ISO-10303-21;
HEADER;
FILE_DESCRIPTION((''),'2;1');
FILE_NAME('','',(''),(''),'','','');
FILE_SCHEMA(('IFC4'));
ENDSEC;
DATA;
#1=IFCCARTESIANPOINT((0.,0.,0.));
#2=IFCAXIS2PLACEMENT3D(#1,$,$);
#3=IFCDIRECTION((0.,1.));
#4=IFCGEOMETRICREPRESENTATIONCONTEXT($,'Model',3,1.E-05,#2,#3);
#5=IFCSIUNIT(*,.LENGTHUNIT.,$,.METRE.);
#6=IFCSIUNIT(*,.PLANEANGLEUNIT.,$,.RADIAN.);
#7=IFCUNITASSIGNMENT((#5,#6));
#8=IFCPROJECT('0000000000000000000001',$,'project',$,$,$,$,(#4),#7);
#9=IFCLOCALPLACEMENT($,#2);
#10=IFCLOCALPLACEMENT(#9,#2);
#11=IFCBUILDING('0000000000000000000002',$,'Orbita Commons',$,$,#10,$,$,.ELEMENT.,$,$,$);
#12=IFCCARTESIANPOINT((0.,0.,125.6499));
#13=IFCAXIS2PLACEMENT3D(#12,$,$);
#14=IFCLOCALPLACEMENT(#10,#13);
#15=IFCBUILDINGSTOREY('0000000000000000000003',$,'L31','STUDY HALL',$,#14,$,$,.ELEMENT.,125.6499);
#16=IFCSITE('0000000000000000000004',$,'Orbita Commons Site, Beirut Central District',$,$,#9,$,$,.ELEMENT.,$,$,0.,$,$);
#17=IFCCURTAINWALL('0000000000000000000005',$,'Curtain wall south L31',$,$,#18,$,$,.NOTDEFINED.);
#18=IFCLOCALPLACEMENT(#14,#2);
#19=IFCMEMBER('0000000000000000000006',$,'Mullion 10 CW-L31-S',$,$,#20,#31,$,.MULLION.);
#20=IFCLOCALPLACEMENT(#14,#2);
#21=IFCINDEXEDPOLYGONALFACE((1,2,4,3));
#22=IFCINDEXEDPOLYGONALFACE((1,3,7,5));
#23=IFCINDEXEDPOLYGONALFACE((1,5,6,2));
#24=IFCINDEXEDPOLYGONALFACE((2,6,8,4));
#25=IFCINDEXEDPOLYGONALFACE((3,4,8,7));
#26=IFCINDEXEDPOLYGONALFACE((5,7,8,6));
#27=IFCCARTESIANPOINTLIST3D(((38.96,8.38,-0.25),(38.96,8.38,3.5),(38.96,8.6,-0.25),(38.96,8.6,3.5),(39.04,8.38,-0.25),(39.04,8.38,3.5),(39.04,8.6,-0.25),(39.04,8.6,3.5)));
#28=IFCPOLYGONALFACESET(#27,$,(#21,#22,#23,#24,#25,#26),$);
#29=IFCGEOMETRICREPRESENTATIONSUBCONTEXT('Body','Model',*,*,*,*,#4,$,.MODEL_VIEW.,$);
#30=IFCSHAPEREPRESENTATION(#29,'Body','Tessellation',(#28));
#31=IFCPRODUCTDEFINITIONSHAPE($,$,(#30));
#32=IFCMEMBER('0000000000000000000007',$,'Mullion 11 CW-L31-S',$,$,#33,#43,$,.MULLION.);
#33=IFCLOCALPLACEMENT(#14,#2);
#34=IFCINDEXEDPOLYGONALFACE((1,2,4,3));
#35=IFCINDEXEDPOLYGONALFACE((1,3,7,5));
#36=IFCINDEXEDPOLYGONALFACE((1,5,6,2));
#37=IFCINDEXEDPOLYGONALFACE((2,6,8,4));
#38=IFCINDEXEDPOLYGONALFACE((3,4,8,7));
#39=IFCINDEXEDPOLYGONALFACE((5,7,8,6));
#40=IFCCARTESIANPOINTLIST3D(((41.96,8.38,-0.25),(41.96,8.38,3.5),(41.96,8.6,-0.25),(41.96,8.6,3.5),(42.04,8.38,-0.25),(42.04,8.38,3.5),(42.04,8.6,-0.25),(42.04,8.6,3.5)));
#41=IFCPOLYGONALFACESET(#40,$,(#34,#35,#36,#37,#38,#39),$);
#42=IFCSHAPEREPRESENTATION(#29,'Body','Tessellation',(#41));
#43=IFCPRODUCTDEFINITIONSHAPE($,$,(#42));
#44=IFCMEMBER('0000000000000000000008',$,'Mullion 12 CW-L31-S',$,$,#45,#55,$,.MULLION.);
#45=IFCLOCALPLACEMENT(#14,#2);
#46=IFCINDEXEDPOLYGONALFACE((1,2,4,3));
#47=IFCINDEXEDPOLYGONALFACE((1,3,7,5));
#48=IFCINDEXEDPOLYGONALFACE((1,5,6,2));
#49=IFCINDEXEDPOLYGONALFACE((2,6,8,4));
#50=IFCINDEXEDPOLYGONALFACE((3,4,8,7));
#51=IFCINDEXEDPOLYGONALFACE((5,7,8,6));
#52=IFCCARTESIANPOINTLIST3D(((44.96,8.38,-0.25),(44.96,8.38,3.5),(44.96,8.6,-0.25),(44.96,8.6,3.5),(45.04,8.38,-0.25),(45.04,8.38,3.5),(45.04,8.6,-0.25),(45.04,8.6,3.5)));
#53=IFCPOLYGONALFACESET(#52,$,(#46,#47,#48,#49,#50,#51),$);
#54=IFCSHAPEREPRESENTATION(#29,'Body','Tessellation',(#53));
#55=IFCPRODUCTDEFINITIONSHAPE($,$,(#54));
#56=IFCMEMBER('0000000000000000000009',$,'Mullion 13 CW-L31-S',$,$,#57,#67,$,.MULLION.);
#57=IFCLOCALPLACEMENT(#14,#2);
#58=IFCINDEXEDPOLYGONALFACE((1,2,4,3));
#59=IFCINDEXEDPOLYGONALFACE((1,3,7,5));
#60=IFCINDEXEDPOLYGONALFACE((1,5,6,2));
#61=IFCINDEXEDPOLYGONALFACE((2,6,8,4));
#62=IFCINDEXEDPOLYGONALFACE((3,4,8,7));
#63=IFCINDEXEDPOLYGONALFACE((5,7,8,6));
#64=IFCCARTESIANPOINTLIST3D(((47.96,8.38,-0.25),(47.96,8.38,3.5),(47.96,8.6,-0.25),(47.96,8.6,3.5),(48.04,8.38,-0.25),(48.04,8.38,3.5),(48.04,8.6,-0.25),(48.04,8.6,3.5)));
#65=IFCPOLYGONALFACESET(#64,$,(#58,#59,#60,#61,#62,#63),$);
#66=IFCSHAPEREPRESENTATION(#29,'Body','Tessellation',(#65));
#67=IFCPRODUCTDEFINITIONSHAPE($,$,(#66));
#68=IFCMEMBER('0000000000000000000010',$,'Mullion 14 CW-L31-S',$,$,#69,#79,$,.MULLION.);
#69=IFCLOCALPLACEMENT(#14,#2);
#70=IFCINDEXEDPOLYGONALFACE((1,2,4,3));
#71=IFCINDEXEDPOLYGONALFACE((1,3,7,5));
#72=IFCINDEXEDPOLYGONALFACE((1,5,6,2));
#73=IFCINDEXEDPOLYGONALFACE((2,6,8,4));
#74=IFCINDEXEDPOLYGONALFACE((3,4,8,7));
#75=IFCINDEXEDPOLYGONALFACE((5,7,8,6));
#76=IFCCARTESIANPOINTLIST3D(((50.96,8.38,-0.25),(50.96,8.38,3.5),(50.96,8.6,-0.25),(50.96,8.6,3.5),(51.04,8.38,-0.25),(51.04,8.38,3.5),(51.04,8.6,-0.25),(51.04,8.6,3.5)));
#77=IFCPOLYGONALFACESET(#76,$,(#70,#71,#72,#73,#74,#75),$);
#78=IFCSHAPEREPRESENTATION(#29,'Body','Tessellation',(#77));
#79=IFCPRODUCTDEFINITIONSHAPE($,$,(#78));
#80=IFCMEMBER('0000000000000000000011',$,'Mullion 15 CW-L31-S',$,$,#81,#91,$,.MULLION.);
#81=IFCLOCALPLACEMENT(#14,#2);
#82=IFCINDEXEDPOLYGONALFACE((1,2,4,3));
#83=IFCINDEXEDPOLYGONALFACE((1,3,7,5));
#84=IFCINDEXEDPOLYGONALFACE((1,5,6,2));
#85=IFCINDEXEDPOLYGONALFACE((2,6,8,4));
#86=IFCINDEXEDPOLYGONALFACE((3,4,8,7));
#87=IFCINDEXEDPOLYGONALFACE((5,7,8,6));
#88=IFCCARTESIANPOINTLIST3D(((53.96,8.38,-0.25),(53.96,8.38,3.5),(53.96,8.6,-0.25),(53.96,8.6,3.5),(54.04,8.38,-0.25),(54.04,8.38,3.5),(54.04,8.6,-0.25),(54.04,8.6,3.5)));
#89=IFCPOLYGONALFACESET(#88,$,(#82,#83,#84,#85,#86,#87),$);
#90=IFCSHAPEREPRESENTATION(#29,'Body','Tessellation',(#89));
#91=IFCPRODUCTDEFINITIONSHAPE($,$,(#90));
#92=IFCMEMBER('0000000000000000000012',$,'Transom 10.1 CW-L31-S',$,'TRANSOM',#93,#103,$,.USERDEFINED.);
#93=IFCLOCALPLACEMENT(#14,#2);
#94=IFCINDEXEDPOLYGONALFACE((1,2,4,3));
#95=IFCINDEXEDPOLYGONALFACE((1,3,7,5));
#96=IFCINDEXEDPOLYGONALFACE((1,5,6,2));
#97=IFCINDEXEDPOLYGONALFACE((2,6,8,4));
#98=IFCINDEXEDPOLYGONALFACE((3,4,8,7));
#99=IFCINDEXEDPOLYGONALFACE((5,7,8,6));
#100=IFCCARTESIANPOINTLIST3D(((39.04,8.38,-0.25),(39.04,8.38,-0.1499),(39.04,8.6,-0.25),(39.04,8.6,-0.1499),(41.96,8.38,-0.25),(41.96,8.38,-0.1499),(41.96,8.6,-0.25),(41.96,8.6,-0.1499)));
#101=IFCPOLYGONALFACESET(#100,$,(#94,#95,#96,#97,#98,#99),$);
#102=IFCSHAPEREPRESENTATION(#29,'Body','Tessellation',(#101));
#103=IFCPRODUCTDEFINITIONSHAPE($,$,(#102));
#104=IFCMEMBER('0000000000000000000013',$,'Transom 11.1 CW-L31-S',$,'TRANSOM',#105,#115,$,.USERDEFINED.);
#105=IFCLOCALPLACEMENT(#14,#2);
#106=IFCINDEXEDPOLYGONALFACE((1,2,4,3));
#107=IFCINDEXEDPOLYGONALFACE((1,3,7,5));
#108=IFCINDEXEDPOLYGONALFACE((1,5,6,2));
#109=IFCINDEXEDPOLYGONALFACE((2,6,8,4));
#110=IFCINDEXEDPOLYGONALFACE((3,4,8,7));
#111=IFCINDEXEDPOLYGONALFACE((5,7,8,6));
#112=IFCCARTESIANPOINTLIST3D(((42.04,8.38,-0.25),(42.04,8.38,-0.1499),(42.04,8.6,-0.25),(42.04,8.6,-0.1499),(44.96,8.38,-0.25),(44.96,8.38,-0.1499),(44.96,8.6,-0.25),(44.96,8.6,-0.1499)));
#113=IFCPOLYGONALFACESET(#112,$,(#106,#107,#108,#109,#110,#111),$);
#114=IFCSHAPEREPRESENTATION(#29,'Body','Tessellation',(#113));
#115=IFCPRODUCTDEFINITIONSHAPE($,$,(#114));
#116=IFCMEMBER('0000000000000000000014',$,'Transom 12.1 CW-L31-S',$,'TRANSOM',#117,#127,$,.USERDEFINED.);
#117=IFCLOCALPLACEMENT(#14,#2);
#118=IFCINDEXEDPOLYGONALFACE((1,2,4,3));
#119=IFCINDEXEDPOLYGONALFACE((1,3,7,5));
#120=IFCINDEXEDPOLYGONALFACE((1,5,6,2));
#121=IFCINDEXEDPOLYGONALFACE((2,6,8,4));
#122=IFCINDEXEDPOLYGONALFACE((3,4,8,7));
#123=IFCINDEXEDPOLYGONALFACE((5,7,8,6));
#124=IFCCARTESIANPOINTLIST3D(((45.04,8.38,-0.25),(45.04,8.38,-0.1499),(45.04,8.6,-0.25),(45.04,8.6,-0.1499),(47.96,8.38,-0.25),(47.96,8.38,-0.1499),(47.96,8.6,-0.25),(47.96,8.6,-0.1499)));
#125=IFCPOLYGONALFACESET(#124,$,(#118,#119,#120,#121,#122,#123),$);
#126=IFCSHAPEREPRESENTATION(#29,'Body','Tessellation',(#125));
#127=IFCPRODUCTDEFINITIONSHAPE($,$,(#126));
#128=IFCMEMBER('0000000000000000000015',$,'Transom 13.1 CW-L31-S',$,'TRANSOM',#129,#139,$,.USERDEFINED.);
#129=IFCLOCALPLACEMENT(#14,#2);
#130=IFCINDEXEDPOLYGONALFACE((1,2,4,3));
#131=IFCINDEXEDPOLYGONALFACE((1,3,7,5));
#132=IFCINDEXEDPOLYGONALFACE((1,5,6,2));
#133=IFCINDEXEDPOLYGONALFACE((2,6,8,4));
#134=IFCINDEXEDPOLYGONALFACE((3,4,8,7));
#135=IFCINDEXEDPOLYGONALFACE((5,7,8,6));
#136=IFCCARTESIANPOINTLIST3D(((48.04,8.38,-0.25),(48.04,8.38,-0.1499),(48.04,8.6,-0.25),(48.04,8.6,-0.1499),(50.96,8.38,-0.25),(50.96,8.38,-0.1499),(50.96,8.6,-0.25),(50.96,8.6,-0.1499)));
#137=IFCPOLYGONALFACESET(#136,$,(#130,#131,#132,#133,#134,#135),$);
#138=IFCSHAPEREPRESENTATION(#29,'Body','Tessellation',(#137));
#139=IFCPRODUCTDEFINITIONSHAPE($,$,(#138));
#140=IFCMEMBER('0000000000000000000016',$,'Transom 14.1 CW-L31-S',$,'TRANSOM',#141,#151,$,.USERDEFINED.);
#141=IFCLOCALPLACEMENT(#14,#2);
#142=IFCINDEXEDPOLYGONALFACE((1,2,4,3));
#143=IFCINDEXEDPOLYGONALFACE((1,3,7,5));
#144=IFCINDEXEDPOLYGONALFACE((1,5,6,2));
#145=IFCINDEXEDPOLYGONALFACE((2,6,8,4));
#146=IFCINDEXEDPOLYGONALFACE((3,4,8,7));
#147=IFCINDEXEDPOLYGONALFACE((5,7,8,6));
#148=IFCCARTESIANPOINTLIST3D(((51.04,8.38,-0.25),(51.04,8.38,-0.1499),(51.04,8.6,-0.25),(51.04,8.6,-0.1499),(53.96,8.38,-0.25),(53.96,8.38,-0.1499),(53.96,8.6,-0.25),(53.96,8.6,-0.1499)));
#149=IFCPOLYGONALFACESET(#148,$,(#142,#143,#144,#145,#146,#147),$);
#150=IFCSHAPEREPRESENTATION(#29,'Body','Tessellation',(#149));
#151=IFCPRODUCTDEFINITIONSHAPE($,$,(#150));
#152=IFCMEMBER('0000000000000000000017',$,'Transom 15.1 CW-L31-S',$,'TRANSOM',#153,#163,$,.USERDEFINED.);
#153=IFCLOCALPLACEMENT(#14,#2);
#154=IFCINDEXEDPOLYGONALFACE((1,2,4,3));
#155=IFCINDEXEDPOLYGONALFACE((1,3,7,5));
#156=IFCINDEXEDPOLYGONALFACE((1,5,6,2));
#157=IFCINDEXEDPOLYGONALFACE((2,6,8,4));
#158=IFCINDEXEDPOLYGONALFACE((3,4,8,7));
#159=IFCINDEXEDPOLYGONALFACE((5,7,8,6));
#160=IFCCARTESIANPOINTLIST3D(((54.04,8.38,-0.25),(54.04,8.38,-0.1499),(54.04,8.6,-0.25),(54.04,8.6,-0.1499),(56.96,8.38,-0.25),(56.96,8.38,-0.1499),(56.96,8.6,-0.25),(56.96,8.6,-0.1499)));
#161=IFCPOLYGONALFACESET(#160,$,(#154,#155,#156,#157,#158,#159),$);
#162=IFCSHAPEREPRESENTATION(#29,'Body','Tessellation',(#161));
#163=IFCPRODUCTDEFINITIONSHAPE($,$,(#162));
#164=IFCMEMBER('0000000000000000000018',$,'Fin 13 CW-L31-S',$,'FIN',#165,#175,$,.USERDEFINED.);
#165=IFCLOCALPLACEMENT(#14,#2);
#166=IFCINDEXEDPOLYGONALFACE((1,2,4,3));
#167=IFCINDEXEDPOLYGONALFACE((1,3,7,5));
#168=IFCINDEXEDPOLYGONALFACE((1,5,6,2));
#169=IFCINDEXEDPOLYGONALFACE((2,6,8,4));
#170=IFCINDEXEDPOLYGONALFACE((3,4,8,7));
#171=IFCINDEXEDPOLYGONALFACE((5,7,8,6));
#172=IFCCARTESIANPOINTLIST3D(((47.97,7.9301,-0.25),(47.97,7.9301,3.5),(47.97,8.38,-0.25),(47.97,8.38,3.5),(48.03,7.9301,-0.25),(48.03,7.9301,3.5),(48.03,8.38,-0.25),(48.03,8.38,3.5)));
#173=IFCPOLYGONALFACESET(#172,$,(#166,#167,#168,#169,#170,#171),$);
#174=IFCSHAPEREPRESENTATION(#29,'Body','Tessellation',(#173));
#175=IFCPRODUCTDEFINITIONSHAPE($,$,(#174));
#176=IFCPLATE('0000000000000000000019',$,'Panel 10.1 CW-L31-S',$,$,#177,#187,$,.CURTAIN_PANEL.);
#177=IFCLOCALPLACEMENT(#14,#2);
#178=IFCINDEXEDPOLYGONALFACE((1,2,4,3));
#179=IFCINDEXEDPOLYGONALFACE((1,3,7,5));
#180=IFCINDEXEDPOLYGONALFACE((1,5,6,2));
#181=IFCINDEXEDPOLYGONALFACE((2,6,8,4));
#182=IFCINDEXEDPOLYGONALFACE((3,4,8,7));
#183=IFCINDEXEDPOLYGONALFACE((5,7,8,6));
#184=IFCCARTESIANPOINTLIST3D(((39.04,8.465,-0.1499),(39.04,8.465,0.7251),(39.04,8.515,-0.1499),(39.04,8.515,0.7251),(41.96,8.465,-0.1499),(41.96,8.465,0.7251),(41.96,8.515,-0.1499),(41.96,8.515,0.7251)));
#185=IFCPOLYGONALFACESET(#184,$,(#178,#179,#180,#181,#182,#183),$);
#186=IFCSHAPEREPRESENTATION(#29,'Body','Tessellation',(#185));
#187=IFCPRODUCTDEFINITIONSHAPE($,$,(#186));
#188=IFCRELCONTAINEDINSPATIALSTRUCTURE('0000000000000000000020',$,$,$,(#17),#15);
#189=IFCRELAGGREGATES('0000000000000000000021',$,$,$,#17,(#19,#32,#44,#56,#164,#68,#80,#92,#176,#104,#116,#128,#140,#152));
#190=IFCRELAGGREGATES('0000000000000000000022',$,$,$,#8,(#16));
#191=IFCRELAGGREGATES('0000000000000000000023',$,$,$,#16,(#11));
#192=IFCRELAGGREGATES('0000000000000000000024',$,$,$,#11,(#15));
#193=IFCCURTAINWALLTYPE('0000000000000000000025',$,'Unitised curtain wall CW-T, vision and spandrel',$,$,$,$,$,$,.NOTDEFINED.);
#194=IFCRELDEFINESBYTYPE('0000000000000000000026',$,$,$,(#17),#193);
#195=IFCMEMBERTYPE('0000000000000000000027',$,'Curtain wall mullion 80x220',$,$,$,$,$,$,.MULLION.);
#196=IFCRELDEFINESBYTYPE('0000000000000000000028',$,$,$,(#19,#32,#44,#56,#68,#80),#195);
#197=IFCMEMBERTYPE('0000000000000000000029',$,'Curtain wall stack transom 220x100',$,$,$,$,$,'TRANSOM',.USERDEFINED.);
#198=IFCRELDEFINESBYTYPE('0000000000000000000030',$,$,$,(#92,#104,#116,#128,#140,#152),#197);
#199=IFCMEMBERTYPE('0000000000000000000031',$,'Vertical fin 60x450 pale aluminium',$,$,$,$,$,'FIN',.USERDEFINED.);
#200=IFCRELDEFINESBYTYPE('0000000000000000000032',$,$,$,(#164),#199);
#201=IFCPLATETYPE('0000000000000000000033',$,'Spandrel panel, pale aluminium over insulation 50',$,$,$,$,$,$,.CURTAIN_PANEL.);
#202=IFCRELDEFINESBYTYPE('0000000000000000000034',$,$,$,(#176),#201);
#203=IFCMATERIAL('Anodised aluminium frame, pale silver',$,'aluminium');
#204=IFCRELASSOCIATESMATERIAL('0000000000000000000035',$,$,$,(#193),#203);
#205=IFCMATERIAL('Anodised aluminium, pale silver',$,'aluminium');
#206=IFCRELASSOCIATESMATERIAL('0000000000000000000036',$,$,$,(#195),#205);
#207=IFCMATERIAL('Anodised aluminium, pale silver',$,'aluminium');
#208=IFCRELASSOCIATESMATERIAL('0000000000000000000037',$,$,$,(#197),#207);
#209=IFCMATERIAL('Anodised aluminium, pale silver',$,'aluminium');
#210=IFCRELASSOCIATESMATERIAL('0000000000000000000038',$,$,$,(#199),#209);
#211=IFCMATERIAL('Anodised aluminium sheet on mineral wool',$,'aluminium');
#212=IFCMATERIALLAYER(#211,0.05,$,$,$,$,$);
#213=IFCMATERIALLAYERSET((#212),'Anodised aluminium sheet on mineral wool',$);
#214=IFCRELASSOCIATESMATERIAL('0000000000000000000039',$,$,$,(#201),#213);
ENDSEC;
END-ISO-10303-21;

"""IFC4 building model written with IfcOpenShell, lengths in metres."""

from ifc_helpers import new_model, si_unit, direction, frame, origin, origin_2d, place, context, subcontext, project, spatial, rectangle, extrude, material, layer, layer_set, material_profile, profile_set, type_object, element, aggregate, save


model = new_model("IFC4")

# Units and contexts
model_context = context("Model", 3, precision=1e-05, world=origin(), true_north=direction((0.0, 1.0)))
body_context = subcontext(model_context, "Body", "Model", "MODEL_VIEW")
ifc_project = project(units=[si_unit("LENGTHUNIT", "METRE"), si_unit("PLANEANGLEUNIT", "RADIAN")], contexts=[model_context])

# Site, building, storey
site_placement = place(None, origin())
site = spatial("IfcSite", under=ifc_project, at=site_placement, Name="Orbita Commons Site, Beirut Central District", CompositionType="ELEMENT", RefElevation=0.0)
building_placement = place(site_placement, origin())
building = spatial("IfcBuilding", under=site, at=building_placement, Name="Orbita Commons", CompositionType="ELEMENT")
storey_placement = place(building_placement, frame((0.0, 0.0, 125.6499)))
storey = spatial("IfcBuildingStorey", under=building, at=storey_placement, Name="L31", Description="STUDY HALL", CompositionType="ELEMENT", Elevation=125.6499)

# Curtain wall, members, plate
ifc_material_1 = material(Name="Anodised aluminium frame, pale silver", Category="aluminium")
curtain_wall_type = type_object("IfcCurtainWallType", Name="Unitised curtain wall CW-T, vision and spandrel", PredefinedType="NOTDEFINED", material=ifc_material_1)
curtain_wall_placement = place(storey_placement, origin())
curtain_wall = element("IfcCurtainWall", 1, at=curtain_wall_placement, inside=storey, type_object=curtain_wall_type, Name="Curtain wall south L31", PredefinedType="NOTDEFINED")
ifc_material_2 = material(Name="Anodised aluminium, pale silver", Category="aluminium")
ifc_material_profile_1 = material_profile(ifc_material_2, rectangle(XDim=0.0801, YDim=0.22, at=origin_2d()), Name="AL 80x220")
ifc_profile_set_1 = profile_set([ifc_material_profile_1], Name="Anodised aluminium, pale silver")
member_type_1 = type_object("IfcMemberType", Name="Curtain wall mullion 80x220", PredefinedType="MULLION", material=ifc_profile_set_1)
member_1_placement = place(storey_placement, frame((39.0, 8.49, -0.25), z_axis=(0.0, 0.0, 1.0), x_axis=(1.0, 0.0, 0.0)))
member_1 = element("IfcMember", 2, at=member_1_placement, type_object=member_type_1, Name="Mullion 10 CW-L31-S", PredefinedType="MULLION", context=body_context, shape_type="SweptSolid", body=[
    extrude(rectangle(XDim=0.0801, YDim=0.22, at=origin_2d()), origin(), (0.0, 0.0, 1.0), 3.75),
])
member_2_placement = place(storey_placement, frame((42.0, 8.49, -0.25), z_axis=(0.0, 0.0, 1.0), x_axis=(1.0, 0.0, 0.0)))
member_2 = element("IfcMember", 3, at=member_2_placement, type_object=member_type_1, Name="Mullion 11 CW-L31-S", PredefinedType="MULLION", context=body_context, shape_type="SweptSolid", body=[
    extrude(rectangle(XDim=0.0801, YDim=0.22, at=origin_2d()), origin(), (0.0, 0.0, 1.0), 3.75),
])
member_3_placement = place(storey_placement, frame((45.0, 8.49, -0.25), z_axis=(0.0, 0.0, 1.0), x_axis=(1.0, 0.0, 0.0)))
member_3 = element("IfcMember", 4, at=member_3_placement, type_object=member_type_1, Name="Mullion 12 CW-L31-S", PredefinedType="MULLION", context=body_context, shape_type="SweptSolid", body=[
    extrude(rectangle(XDim=0.0801, YDim=0.22, at=origin_2d()), origin(), (0.0, 0.0, 1.0), 3.75),
])
member_4_placement = place(storey_placement, frame((48.0, 8.49, -0.25), z_axis=(0.0, 0.0, 1.0), x_axis=(1.0, 0.0, 0.0)))
member_4 = element("IfcMember", 5, at=member_4_placement, type_object=member_type_1, Name="Mullion 13 CW-L31-S", PredefinedType="MULLION", context=body_context, shape_type="SweptSolid", body=[
    extrude(rectangle(XDim=0.0801, YDim=0.22, at=origin_2d()), origin(), (0.0, 0.0, 1.0), 3.75),
])
member_5_placement = place(storey_placement, frame((51.0, 8.49, -0.25), z_axis=(0.0, 0.0, 1.0), x_axis=(1.0, 0.0, 0.0)))
member_5 = element("IfcMember", 6, at=member_5_placement, type_object=member_type_1, Name="Mullion 14 CW-L31-S", PredefinedType="MULLION", context=body_context, shape_type="SweptSolid", body=[
    extrude(rectangle(XDim=0.0801, YDim=0.22, at=origin_2d()), origin(), (0.0, 0.0, 1.0), 3.75),
])
member_6_placement = place(storey_placement, frame((54.0, 8.49, -0.25), z_axis=(0.0, 0.0, 1.0), x_axis=(1.0, 0.0, 0.0)))
member_6 = element("IfcMember", 7, at=member_6_placement, type_object=member_type_1, Name="Mullion 15 CW-L31-S", PredefinedType="MULLION", context=body_context, shape_type="SweptSolid", body=[
    extrude(rectangle(XDim=0.0801, YDim=0.22, at=origin_2d()), origin(), (0.0, 0.0, 1.0), 3.75),
])
ifc_material_3 = material(Name="Anodised aluminium, pale silver", Category="aluminium")
ifc_material_profile_2 = material_profile(ifc_material_3, rectangle(XDim=0.22, YDim=0.1001, at=origin_2d()), Name="AL 220x100")
ifc_profile_set_2 = profile_set([ifc_material_profile_2], Name="Anodised aluminium, pale silver")
member_type_2 = type_object("IfcMemberType", Name="Curtain wall stack transom 220x100", ElementType="TRANSOM", PredefinedType="USERDEFINED", material=ifc_profile_set_2)
member_7_placement = place(storey_placement, frame((39.04, 8.49, -0.2), z_axis=(1.0, 0.0, 0.0), x_axis=(0.0, 1.0, 0.0)))
member_7 = element("IfcMember", 8, at=member_7_placement, type_object=member_type_2, Name="Transom 10.1 CW-L31-S", ObjectType="TRANSOM", PredefinedType="USERDEFINED", context=body_context, shape_type="SweptSolid", body=[
    extrude(rectangle(XDim=0.22, YDim=0.1001, at=origin_2d()), origin(), (0.0, 0.0, 1.0), 2.9199),
])
member_8_placement = place(storey_placement, frame((42.04, 8.49, -0.2), z_axis=(1.0, 0.0, 0.0), x_axis=(0.0, 1.0, 0.0)))
member_8 = element("IfcMember", 9, at=member_8_placement, type_object=member_type_2, Name="Transom 11.1 CW-L31-S", ObjectType="TRANSOM", PredefinedType="USERDEFINED", context=body_context, shape_type="SweptSolid", body=[
    extrude(rectangle(XDim=0.22, YDim=0.1001, at=origin_2d()), origin(), (0.0, 0.0, 1.0), 2.9199),
])
member_9_placement = place(storey_placement, frame((45.04, 8.49, -0.2), z_axis=(1.0, 0.0, 0.0), x_axis=(0.0, 1.0, 0.0)))
member_9 = element("IfcMember", 10, at=member_9_placement, type_object=member_type_2, Name="Transom 12.1 CW-L31-S", ObjectType="TRANSOM", PredefinedType="USERDEFINED", context=body_context, shape_type="SweptSolid", body=[
    extrude(rectangle(XDim=0.22, YDim=0.1001, at=origin_2d()), origin(), (0.0, 0.0, 1.0), 2.9199),
])
member_10_placement = place(storey_placement, frame((48.04, 8.49, -0.2), z_axis=(1.0, 0.0, 0.0), x_axis=(0.0, 1.0, 0.0)))
member_10 = element("IfcMember", 11, at=member_10_placement, type_object=member_type_2, Name="Transom 13.1 CW-L31-S", ObjectType="TRANSOM", PredefinedType="USERDEFINED", context=body_context, shape_type="SweptSolid", body=[
    extrude(rectangle(XDim=0.22, YDim=0.1001, at=origin_2d()), origin(), (0.0, 0.0, 1.0), 2.9199),
])
member_11_placement = place(storey_placement, frame((51.04, 8.49, -0.2), z_axis=(1.0, 0.0, 0.0), x_axis=(0.0, 1.0, 0.0)))
member_11 = element("IfcMember", 12, at=member_11_placement, type_object=member_type_2, Name="Transom 14.1 CW-L31-S", ObjectType="TRANSOM", PredefinedType="USERDEFINED", context=body_context, shape_type="SweptSolid", body=[
    extrude(rectangle(XDim=0.22, YDim=0.1001, at=origin_2d()), origin(), (0.0, 0.0, 1.0), 2.9199),
])
member_12_placement = place(storey_placement, frame((54.04, 8.49, -0.2), z_axis=(1.0, 0.0, 0.0), x_axis=(0.0, 1.0, 0.0)))
member_12 = element("IfcMember", 13, at=member_12_placement, type_object=member_type_2, Name="Transom 15.1 CW-L31-S", ObjectType="TRANSOM", PredefinedType="USERDEFINED", context=body_context, shape_type="SweptSolid", body=[
    extrude(rectangle(XDim=0.22, YDim=0.1001, at=origin_2d()), origin(), (0.0, 0.0, 1.0), 2.9199),
])
ifc_material_4 = material(Name="Anodised aluminium, pale silver", Category="aluminium")
ifc_material_profile_3 = material_profile(ifc_material_4, rectangle(XDim=0.0601, YDim=0.45, at=origin_2d()), Name="FIN 60x450")
ifc_profile_set_3 = profile_set([ifc_material_profile_3], Name="Anodised aluminium, pale silver")
member_type_3 = type_object("IfcMemberType", Name="Vertical fin 60x450 pale aluminium", ElementType="FIN", PredefinedType="USERDEFINED", material=ifc_profile_set_3)
member_13_placement = place(storey_placement, frame((48.0, 8.155, -0.25), z_axis=(0.0, 0.0, 1.0), x_axis=(1.0, 0.0, 0.0)))
member_13 = element("IfcMember", 14, at=member_13_placement, type_object=member_type_3, Name="Fin 13 CW-L31-S", ObjectType="FIN", PredefinedType="USERDEFINED", context=body_context, shape_type="SweptSolid", body=[
    extrude(rectangle(XDim=0.0601, YDim=0.45, at=origin_2d()), origin(), (0.0, 0.0, 1.0), 3.75),
])
ifc_material_5 = material(Name="Anodised aluminium sheet on mineral wool", Category="aluminium")
ifc_layer_1 = layer(ifc_material_5, 0.05)
ifc_layer_set_1 = layer_set([ifc_layer_1], Name="Anodised aluminium sheet on mineral wool")
plate_type_1 = type_object("IfcPlateType", Name="Spandrel panel, pale aluminium over insulation 50", PredefinedType="CURTAIN_PANEL", material=ifc_layer_set_1)
plate_1_placement = place(storey_placement, frame((40.5, 8.49, -0.1499), z_axis=(0.0, 0.0, 1.0), x_axis=(1.0, 0.0, 0.0)))
plate_1 = element("IfcPlate", 15, at=plate_1_placement, type_object=plate_type_1, Name="Panel 10.1 CW-L31-S", PredefinedType="CURTAIN_PANEL", context=body_context, shape_type="SweptSolid", body=[
    extrude(rectangle(XDim=2.9199, YDim=0.05, at=origin_2d()), origin(), (0.0, 0.0, 1.0), 0.875),
])
aggregate(curtain_wall, [member_1, member_2, member_3, member_4, member_13, member_5, member_6, member_7, plate_1, member_8, member_9, member_10, member_11, member_12])

save(model, "model.ifc")
